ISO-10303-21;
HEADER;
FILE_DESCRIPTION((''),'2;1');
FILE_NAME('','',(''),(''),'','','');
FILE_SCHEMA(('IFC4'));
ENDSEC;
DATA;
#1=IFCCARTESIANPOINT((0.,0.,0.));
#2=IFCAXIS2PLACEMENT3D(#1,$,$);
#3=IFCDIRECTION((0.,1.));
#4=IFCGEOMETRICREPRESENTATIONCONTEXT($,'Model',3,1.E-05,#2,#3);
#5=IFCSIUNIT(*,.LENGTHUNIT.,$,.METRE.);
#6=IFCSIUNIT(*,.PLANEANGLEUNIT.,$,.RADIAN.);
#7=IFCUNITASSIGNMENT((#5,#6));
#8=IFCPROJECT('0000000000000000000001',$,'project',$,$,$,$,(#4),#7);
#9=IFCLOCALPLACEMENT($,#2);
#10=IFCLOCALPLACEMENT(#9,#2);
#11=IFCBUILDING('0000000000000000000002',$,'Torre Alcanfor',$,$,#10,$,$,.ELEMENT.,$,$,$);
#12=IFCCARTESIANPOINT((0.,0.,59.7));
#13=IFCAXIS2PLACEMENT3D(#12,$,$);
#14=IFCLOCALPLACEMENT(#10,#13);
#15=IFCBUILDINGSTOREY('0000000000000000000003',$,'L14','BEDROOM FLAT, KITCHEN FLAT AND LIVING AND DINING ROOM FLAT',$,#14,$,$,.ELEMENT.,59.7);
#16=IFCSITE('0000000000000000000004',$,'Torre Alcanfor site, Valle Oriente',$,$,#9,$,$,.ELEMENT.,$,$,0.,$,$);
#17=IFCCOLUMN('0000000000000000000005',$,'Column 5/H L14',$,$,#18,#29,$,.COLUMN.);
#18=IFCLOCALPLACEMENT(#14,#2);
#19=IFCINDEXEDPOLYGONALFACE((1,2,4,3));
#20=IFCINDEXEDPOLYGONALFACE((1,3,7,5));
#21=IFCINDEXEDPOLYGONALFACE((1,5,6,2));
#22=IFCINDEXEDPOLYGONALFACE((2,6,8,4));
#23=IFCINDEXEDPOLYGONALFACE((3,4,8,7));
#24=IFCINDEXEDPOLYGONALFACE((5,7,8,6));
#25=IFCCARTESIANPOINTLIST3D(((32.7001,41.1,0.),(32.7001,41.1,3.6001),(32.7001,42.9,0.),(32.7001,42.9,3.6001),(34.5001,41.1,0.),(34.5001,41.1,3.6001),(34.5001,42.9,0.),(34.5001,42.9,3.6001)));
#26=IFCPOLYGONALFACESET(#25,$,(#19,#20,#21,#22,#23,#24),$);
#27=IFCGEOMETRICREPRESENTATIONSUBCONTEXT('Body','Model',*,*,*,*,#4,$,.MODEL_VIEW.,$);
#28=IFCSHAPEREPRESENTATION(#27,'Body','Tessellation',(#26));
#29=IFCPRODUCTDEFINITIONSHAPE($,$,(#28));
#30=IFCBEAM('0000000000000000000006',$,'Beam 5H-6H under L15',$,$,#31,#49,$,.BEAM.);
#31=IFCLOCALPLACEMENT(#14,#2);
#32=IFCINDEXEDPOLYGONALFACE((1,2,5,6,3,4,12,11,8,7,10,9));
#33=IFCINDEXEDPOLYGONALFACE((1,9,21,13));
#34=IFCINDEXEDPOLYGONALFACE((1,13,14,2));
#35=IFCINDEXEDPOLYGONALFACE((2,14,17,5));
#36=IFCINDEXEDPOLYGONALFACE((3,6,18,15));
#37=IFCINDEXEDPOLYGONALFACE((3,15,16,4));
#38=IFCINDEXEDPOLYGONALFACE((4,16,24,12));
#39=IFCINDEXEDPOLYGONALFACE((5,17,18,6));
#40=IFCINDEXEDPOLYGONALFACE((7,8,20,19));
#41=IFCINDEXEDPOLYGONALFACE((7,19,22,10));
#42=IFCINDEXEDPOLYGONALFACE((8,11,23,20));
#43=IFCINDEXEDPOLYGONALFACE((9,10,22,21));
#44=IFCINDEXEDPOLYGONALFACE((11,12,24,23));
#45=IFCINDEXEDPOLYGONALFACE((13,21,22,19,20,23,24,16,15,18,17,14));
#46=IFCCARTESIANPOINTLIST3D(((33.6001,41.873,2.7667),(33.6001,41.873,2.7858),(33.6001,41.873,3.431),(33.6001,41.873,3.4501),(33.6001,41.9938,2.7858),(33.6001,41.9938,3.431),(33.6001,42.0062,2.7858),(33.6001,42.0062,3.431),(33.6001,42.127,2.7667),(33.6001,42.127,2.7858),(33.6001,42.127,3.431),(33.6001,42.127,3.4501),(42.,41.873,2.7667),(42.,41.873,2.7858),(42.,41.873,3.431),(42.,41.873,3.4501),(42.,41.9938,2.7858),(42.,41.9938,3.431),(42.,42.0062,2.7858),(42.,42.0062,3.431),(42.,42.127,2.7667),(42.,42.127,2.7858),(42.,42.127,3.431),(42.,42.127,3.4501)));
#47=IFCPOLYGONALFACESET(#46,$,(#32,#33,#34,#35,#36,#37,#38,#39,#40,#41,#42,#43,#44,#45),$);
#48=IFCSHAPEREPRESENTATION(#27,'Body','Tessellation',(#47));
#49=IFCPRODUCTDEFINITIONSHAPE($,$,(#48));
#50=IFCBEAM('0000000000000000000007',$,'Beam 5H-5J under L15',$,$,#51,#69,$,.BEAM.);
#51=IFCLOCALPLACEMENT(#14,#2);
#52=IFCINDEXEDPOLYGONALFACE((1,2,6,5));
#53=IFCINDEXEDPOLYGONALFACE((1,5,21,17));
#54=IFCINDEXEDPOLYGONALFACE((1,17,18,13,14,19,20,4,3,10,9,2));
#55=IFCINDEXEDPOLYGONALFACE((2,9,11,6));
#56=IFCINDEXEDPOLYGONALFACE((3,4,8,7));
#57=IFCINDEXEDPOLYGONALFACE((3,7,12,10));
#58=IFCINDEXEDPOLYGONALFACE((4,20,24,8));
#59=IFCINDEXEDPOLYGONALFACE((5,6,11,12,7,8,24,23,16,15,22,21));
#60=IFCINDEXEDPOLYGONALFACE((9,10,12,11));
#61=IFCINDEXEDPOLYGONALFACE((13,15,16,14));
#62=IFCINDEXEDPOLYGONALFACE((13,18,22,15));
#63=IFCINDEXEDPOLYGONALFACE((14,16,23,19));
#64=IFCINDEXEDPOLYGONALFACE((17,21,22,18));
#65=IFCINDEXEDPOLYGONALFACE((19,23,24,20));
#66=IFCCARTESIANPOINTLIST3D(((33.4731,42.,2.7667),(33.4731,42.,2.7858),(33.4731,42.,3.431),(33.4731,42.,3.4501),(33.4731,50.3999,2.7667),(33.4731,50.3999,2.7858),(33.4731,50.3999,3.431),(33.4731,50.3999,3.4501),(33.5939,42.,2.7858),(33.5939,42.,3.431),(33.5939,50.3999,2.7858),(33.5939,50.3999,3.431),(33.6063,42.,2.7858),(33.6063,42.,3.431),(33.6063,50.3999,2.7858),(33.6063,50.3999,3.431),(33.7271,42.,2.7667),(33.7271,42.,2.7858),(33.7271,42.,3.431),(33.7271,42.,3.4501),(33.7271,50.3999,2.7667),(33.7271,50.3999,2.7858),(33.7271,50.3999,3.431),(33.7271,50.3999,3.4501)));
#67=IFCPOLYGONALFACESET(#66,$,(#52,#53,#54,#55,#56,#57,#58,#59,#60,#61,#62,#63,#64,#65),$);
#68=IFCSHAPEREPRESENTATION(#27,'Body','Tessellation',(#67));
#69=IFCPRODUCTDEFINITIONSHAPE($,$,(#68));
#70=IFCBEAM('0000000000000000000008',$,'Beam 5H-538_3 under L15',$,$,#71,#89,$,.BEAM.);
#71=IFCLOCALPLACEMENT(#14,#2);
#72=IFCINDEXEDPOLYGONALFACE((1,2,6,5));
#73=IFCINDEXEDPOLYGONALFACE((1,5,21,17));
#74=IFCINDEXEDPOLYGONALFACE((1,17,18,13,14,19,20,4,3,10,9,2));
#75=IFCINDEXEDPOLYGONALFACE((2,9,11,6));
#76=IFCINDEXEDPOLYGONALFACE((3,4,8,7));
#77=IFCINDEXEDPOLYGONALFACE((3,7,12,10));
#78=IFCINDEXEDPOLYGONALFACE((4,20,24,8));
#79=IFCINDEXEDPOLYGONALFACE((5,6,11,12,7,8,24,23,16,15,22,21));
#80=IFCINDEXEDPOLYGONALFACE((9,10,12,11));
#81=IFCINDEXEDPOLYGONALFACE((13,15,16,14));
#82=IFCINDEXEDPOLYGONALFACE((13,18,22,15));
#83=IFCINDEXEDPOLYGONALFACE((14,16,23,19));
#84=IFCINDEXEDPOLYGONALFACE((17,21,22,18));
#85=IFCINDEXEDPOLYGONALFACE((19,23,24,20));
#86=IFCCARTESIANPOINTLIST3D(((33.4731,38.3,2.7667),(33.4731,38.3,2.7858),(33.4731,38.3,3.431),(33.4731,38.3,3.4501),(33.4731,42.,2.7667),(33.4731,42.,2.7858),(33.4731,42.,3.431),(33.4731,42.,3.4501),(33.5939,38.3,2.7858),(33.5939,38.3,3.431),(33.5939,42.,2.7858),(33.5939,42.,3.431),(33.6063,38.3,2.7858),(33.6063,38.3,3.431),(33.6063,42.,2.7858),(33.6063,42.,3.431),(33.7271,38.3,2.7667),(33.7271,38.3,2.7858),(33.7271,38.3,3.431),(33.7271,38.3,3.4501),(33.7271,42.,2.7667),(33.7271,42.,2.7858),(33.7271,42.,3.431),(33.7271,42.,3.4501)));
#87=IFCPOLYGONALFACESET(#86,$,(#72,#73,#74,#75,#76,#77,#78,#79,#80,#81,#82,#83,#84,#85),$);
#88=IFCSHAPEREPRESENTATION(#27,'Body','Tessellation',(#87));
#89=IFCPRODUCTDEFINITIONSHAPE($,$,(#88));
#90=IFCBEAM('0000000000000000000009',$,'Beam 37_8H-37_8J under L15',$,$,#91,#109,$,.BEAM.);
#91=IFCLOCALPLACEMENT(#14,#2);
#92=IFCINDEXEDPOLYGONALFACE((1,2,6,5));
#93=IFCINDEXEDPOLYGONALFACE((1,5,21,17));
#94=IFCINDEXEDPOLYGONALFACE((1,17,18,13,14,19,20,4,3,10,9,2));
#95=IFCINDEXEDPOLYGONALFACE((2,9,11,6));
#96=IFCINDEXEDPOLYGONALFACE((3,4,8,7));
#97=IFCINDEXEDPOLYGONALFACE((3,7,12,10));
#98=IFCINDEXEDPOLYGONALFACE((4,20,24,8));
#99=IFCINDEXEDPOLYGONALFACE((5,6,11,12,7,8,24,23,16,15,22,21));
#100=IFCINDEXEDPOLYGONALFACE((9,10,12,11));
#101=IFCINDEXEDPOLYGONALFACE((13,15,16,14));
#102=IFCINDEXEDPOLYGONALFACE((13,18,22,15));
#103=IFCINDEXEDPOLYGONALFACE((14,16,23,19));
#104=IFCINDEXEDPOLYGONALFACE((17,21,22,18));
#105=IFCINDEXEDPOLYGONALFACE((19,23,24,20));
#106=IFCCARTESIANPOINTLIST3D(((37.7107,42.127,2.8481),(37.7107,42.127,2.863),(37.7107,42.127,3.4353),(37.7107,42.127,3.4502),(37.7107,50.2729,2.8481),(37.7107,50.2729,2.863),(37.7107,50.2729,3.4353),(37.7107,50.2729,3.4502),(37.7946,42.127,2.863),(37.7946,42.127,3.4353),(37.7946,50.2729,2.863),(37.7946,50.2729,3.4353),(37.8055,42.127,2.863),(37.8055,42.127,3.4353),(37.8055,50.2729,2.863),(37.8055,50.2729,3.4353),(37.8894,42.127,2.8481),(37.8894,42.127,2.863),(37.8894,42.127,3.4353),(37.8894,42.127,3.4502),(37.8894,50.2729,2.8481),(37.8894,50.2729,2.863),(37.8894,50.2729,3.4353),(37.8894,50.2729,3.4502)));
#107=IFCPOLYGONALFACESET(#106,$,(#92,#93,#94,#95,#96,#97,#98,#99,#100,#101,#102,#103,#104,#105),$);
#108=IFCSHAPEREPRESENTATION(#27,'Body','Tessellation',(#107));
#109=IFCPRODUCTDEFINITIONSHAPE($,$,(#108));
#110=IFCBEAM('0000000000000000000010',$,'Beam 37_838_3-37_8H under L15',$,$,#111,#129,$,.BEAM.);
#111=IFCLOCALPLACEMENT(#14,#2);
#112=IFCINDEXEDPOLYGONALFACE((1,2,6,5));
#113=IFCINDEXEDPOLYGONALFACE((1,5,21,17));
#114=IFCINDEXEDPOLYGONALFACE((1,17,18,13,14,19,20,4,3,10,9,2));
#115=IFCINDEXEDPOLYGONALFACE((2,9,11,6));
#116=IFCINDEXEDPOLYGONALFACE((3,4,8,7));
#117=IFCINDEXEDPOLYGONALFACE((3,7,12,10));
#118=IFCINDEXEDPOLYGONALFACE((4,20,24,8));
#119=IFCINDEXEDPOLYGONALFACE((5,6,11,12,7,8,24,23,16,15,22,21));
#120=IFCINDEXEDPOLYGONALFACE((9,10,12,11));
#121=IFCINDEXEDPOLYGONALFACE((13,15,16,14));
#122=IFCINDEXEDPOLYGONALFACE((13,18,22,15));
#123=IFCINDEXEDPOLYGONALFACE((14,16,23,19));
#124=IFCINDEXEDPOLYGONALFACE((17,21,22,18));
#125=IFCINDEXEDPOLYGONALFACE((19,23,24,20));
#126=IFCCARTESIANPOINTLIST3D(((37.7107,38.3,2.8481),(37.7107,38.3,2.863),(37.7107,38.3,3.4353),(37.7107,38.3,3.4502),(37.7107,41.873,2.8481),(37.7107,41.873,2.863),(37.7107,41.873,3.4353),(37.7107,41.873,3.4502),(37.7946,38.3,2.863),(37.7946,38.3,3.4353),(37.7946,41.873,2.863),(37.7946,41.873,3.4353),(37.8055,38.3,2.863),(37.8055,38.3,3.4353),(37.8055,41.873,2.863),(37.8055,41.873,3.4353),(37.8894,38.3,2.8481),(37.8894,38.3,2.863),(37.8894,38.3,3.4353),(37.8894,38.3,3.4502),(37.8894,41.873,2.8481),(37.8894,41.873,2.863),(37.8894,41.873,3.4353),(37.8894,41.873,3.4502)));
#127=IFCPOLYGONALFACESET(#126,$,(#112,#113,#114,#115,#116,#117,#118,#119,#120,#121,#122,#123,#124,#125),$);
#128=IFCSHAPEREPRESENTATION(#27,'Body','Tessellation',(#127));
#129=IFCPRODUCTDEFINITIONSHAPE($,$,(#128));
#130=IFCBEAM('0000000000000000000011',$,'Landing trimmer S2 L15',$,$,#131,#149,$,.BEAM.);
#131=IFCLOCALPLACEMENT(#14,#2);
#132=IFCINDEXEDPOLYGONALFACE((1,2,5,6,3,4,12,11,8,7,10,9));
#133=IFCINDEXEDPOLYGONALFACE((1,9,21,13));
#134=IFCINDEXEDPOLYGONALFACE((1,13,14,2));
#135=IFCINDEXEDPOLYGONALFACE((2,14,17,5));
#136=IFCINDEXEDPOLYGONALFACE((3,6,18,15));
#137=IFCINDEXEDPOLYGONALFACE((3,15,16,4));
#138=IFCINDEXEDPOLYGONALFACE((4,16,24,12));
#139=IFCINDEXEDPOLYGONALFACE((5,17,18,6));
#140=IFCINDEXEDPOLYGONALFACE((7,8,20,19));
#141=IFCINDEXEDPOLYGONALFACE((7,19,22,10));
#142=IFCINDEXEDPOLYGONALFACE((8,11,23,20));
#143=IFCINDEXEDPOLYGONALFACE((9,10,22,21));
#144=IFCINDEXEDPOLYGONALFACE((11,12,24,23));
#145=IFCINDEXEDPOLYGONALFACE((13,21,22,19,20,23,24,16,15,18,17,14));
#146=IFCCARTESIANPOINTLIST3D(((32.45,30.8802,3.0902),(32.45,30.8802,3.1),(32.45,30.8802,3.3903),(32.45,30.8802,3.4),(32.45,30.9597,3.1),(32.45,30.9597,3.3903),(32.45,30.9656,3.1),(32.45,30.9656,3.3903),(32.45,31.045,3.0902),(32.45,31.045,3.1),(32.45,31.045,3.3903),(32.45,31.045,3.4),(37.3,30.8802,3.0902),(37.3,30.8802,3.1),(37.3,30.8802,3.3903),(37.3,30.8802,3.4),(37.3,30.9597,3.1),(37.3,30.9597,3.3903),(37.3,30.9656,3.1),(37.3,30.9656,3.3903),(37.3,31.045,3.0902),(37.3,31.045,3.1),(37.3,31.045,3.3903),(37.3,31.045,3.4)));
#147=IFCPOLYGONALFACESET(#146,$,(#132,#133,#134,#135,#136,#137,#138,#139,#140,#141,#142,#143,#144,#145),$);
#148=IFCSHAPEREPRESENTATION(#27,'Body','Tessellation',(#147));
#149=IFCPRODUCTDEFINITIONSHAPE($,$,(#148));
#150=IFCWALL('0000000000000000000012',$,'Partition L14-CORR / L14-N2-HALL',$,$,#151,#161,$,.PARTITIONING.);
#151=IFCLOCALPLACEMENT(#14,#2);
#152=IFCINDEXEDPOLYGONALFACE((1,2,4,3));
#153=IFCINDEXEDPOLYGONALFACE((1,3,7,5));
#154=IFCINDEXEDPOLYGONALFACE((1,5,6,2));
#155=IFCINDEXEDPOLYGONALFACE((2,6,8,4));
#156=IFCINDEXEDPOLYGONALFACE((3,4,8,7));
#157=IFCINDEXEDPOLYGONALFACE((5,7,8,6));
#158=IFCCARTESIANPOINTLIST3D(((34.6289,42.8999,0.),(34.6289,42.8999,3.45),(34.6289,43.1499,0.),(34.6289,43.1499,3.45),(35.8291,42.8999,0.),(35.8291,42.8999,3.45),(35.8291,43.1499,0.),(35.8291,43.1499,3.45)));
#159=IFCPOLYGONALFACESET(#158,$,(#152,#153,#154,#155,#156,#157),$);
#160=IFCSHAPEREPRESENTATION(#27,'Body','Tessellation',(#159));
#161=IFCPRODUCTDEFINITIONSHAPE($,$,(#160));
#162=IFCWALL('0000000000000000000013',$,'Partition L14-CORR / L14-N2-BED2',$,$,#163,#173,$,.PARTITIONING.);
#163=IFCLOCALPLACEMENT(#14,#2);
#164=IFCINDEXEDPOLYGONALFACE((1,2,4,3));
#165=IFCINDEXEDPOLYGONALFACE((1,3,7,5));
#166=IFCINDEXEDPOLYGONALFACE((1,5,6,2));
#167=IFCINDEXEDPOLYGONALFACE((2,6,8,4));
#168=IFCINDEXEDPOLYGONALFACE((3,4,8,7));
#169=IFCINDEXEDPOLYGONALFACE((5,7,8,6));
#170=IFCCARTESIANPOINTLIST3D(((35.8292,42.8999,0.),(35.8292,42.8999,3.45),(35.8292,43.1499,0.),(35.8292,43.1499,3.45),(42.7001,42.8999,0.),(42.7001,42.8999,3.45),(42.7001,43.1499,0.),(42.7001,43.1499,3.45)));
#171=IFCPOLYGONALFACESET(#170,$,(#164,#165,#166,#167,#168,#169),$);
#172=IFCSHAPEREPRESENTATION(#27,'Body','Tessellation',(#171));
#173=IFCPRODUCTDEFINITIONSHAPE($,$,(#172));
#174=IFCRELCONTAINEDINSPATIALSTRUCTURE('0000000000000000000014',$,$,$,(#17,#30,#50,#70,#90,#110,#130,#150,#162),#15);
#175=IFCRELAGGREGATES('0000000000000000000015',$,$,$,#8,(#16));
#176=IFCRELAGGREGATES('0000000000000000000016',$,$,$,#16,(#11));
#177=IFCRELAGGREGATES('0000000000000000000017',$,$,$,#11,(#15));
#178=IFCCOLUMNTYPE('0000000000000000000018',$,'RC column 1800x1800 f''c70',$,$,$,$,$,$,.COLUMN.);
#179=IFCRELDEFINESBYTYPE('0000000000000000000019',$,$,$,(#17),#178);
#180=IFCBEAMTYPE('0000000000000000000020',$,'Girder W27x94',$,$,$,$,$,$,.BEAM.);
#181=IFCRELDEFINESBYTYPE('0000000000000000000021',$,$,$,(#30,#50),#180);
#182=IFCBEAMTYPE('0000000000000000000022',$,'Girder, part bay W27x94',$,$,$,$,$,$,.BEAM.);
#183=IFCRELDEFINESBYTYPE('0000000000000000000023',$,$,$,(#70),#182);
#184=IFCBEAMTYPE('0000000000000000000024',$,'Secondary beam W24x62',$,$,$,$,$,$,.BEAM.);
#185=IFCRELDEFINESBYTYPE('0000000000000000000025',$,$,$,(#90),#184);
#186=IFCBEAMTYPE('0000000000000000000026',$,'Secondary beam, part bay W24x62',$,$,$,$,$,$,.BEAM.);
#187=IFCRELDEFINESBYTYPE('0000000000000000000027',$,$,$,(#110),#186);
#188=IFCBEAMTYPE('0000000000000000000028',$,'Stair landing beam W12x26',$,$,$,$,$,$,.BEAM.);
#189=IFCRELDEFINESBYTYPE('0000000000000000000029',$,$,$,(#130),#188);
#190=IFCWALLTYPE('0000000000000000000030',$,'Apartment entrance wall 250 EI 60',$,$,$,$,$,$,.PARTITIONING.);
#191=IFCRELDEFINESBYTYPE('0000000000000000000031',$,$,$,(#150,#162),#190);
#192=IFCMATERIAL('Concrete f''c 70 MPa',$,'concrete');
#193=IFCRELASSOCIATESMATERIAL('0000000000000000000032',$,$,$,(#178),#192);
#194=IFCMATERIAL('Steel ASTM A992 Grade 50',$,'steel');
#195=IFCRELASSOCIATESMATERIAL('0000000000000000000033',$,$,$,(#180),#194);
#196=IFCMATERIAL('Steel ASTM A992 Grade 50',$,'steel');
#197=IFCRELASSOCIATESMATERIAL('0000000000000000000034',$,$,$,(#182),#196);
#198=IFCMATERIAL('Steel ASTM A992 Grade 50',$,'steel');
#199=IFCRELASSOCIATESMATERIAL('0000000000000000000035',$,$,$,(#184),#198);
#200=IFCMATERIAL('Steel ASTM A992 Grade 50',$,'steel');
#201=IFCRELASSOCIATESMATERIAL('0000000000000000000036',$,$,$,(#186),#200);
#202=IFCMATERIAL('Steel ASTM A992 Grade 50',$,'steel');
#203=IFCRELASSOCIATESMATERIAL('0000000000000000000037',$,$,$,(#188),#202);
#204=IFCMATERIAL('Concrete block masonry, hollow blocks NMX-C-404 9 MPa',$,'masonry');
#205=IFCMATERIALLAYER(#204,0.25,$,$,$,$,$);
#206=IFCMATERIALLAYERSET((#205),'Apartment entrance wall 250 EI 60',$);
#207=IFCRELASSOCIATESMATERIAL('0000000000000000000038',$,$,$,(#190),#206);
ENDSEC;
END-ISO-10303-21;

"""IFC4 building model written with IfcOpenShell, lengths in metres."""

from ifc_helpers import new_model, si_unit, direction, frame, frame_2d, origin, origin_2d, place, context, subcontext, project, spatial, rectangle, i_section, extrude, material, layer, layer_set, material_profile, profile_set, type_object, element, save


model = new_model("IFC4")

# Units and contexts
model_context = context("Model", 3, precision=1e-05, world=origin(), true_north=direction((0.0, 1.0)))
body_context = subcontext(model_context, "Body", "Model", "MODEL_VIEW")
ifc_project = project(units=[si_unit("LENGTHUNIT", "METRE"), si_unit("PLANEANGLEUNIT", "RADIAN")], contexts=[model_context])

# Site, building, storey
site_placement = place(None, origin())
site = spatial("IfcSite", under=ifc_project, at=site_placement, Name="Torre Alcanfor site, Valle Oriente", CompositionType="ELEMENT", RefElevation=0.0)
building_placement = place(site_placement, origin())
building = spatial("IfcBuilding", under=site, at=building_placement, Name="Torre Alcanfor", CompositionType="ELEMENT")
storey_placement = place(building_placement, frame((0.0, 0.0, 59.7)))
storey = spatial("IfcBuildingStorey", under=building, at=storey_placement, Name="L14", Description="BEDROOM FLAT, KITCHEN FLAT AND LIVING AND DINING ROOM FLAT", CompositionType="ELEMENT", Elevation=59.7)

# Column
ifc_material_1 = material(Name="Concrete f'c 70 MPa", Category="concrete")
ifc_material_profile_1 = material_profile(ifc_material_1, rectangle(XDim=1.8, YDim=1.8, at=origin_2d()), Name="1800x1800")
ifc_profile_set_1 = profile_set([ifc_material_profile_1], Name="Concrete f'c 70 MPa")
column_type = type_object("IfcColumnType", Name="RC column 1800x1800 f'c70", PredefinedType="COLUMN", material=ifc_profile_set_1)
column_placement = place(storey_placement, frame((33.6001, 42.0, 0.0), z_axis=(0.0, 0.0, 1.0), x_axis=(1.0, 0.0, 0.0)))
element("IfcColumn", 1, at=column_placement, inside=storey, type_object=column_type, Name="Column 5/H L14", PredefinedType="COLUMN", context=body_context, shape_type="SweptSolid", body=[
    extrude(rectangle(XDim=1.8, YDim=1.8, at=origin_2d()), origin(), (0.0, 0.0, 1.0), 3.6001),
])

# Beams
ifc_material_2 = material(Name="Steel ASTM A992 Grade 50", Category="steel")
ifc_material_profile_2 = material_profile(ifc_material_2, i_section(OverallWidth=0.2539, OverallDepth=0.6833, WebThickness=0.0125, FlangeThickness=0.019, at=origin_2d()), Name="W27x94")
ifc_profile_set_2 = profile_set([ifc_material_profile_2], Name="Steel ASTM A992 Grade 50")
beam_type_1 = type_object("IfcBeamType", Name="Girder W27x94", PredefinedType="BEAM", material=ifc_profile_set_2)
for number, where, z_axis, x_axis, name in (
    (2, (33.6001, 42.0, 3.1084), (1.0, 0.0, 0.0), (0.0, 1.0, 0.0), "Beam 5H-6H under L15"),
    (3, (33.6001, 42.0, 3.1084), (0.0, 1.0, 0.0), (-1.0, 0.0, 0.0), "Beam 5H-5J under L15"),
):
    element("IfcBeam", number, at=place(storey_placement, frame(where, z_axis=z_axis, x_axis=x_axis)), inside=storey, type_object=beam_type_1, Name=name, PredefinedType="BEAM", context=body_context, shape_type="SweptSolid", body=[
        extrude(i_section(OverallWidth=0.2539, OverallDepth=0.6833, WebThickness=0.0125, FlangeThickness=0.019, at=origin_2d()), origin(), (0.0, 0.0, 1.0), 8.3999),
    ])
ifc_material_3 = material(Name="Steel ASTM A992 Grade 50", Category="steel")
ifc_material_profile_3 = material_profile(ifc_material_3, i_section(OverallWidth=0.2539, OverallDepth=0.6833, WebThickness=0.0125, FlangeThickness=0.019, at=origin_2d()), Name="W27x94")
ifc_profile_set_3 = profile_set([ifc_material_profile_3], Name="Steel ASTM A992 Grade 50")
beam_type_2 = type_object("IfcBeamType", Name="Girder, part bay W27x94", PredefinedType="BEAM", material=ifc_profile_set_3)
beam_1_placement = place(storey_placement, frame((33.6001, 42.0, 3.1084), z_axis=(0.0, -1.0, 0.0), x_axis=(1.0, 0.0, 0.0)))
element("IfcBeam", 4, at=beam_1_placement, inside=storey, type_object=beam_type_2, Name="Beam 5H-538_3 under L15", PredefinedType="BEAM", context=body_context, shape_type="SweptSolid", body=[
    extrude(i_section(OverallWidth=0.2539, OverallDepth=0.6833, WebThickness=0.0125, FlangeThickness=0.019, at=origin_2d()), origin(), (0.0, 0.0, 1.0), 3.7),
])
ifc_material_4 = material(Name="Steel ASTM A992 Grade 50", Category="steel")
ifc_material_profile_4 = material_profile(ifc_material_4, i_section(OverallWidth=0.1787, OverallDepth=0.6021, WebThickness=0.011, FlangeThickness=0.0149, at=origin_2d()), Name="W24x62")
ifc_profile_set_4 = profile_set([ifc_material_profile_4], Name="Steel ASTM A992 Grade 50")
beam_type_3 = type_object("IfcBeamType", Name="Secondary beam W24x62", PredefinedType="BEAM", material=ifc_profile_set_4)
beam_2_placement = place(storey_placement, frame((37.8, 42.127, 3.1492), z_axis=(0.0, 1.0, 0.0), x_axis=(-1.0, 0.0, 0.0)))
element("IfcBeam", 5, at=beam_2_placement, inside=storey, type_object=beam_type_3, Name="Beam 37_8H-37_8J under L15", PredefinedType="BEAM", context=body_context, shape_type="SweptSolid", body=[
    extrude(i_section(OverallWidth=0.1787, OverallDepth=0.6021, WebThickness=0.011, FlangeThickness=0.0149, at=origin_2d()), origin(), (0.0, 0.0, 1.0), 8.146),
])
ifc_material_5 = material(Name="Steel ASTM A992 Grade 50", Category="steel")
ifc_material_profile_5 = material_profile(ifc_material_5, i_section(OverallWidth=0.1787, OverallDepth=0.6021, WebThickness=0.011, FlangeThickness=0.0149, at=origin_2d()), Name="W24x62")
ifc_profile_set_5 = profile_set([ifc_material_profile_5], Name="Steel ASTM A992 Grade 50")
beam_type_4 = type_object("IfcBeamType", Name="Secondary beam, part bay W24x62", PredefinedType="BEAM", material=ifc_profile_set_5)
beam_3_placement = place(storey_placement, frame((37.8, 38.3, 3.1492), z_axis=(0.0, 1.0, 0.0), x_axis=(-1.0, 0.0, 0.0)))
element("IfcBeam", 6, at=beam_3_placement, inside=storey, type_object=beam_type_4, Name="Beam 37_838_3-37_8H under L15", PredefinedType="BEAM", context=body_context, shape_type="SweptSolid", body=[
    extrude(i_section(OverallWidth=0.1787, OverallDepth=0.6021, WebThickness=0.011, FlangeThickness=0.0149, at=origin_2d()), origin(), (0.0, 0.0, 1.0), 3.573),
])
ifc_material_6 = material(Name="Steel ASTM A992 Grade 50", Category="steel")
ifc_material_profile_6 = material_profile(ifc_material_6, i_section(OverallWidth=0.1648, OverallDepth=0.3098, WebThickness=0.0059, FlangeThickness=0.0098, at=origin_2d()), Name="W12x26")
ifc_profile_set_6 = profile_set([ifc_material_profile_6], Name="Steel ASTM A992 Grade 50")
beam_type_5 = type_object("IfcBeamType", Name="Stair landing beam W12x26", PredefinedType="BEAM", material=ifc_profile_set_6)
beam_4_placement = place(storey_placement, frame((32.45, 30.9626, 3.2451), z_axis=(1.0, 0.0, 0.0), x_axis=(0.0, 1.0, 0.0)))
element("IfcBeam", 7, at=beam_4_placement, inside=storey, type_object=beam_type_5, Name="Landing trimmer S2 L15", PredefinedType="BEAM", context=body_context, shape_type="SweptSolid", body=[
    extrude(i_section(OverallWidth=0.1648, OverallDepth=0.3098, WebThickness=0.0059, FlangeThickness=0.0098, at=origin_2d()), origin(), (0.0, 0.0, 1.0), 4.8501),
])

# Walls
ifc_material_7 = material(Name="Concrete block masonry, hollow blocks NMX-C-404 9 MPa", Category="masonry")
ifc_layer_1 = layer(ifc_material_7, 0.25)
ifc_layer_set_1 = layer_set([ifc_layer_1], Name="Apartment entrance wall 250 EI 60")
wall_type_1 = type_object("IfcWallType", Name="Apartment entrance wall 250 EI 60", PredefinedType="PARTITIONING", material=ifc_layer_set_1)
wall_1_placement = place(storey_placement, frame((34.6289, 43.0249, 0.0), z_axis=(0.0, 0.0, 1.0), x_axis=(1.0, 0.0, 0.0)))
element("IfcWall", 8, at=wall_1_placement, inside=storey, type_object=wall_type_1, Name="Partition L14-CORR / L14-N2-HALL", PredefinedType="PARTITIONING", context=body_context, shape_type="SweptSolid", body=[
    extrude(rectangle(XDim=1.2002, YDim=0.25, at=frame_2d((0.6001, 0.0))), origin(), (0.0, 0.0, 1.0), 3.45),
])
wall_2_placement = place(storey_placement, frame((35.8291, 43.0249, 0.0), z_axis=(0.0, 0.0, 1.0), x_axis=(1.0, 0.0, 0.0)))
element("IfcWall", 9, at=wall_2_placement, inside=storey, type_object=wall_type_1, Name="Partition L14-CORR / L14-N2-BED2", PredefinedType="PARTITIONING", context=body_context, shape_type="SweptSolid", body=[
    extrude(rectangle(XDim=6.8708, YDim=0.25, at=frame_2d((3.4355, 0.0))), origin(), (0.0, 0.0, 1.0), 3.45),
])

save(model, "model.ifc")
